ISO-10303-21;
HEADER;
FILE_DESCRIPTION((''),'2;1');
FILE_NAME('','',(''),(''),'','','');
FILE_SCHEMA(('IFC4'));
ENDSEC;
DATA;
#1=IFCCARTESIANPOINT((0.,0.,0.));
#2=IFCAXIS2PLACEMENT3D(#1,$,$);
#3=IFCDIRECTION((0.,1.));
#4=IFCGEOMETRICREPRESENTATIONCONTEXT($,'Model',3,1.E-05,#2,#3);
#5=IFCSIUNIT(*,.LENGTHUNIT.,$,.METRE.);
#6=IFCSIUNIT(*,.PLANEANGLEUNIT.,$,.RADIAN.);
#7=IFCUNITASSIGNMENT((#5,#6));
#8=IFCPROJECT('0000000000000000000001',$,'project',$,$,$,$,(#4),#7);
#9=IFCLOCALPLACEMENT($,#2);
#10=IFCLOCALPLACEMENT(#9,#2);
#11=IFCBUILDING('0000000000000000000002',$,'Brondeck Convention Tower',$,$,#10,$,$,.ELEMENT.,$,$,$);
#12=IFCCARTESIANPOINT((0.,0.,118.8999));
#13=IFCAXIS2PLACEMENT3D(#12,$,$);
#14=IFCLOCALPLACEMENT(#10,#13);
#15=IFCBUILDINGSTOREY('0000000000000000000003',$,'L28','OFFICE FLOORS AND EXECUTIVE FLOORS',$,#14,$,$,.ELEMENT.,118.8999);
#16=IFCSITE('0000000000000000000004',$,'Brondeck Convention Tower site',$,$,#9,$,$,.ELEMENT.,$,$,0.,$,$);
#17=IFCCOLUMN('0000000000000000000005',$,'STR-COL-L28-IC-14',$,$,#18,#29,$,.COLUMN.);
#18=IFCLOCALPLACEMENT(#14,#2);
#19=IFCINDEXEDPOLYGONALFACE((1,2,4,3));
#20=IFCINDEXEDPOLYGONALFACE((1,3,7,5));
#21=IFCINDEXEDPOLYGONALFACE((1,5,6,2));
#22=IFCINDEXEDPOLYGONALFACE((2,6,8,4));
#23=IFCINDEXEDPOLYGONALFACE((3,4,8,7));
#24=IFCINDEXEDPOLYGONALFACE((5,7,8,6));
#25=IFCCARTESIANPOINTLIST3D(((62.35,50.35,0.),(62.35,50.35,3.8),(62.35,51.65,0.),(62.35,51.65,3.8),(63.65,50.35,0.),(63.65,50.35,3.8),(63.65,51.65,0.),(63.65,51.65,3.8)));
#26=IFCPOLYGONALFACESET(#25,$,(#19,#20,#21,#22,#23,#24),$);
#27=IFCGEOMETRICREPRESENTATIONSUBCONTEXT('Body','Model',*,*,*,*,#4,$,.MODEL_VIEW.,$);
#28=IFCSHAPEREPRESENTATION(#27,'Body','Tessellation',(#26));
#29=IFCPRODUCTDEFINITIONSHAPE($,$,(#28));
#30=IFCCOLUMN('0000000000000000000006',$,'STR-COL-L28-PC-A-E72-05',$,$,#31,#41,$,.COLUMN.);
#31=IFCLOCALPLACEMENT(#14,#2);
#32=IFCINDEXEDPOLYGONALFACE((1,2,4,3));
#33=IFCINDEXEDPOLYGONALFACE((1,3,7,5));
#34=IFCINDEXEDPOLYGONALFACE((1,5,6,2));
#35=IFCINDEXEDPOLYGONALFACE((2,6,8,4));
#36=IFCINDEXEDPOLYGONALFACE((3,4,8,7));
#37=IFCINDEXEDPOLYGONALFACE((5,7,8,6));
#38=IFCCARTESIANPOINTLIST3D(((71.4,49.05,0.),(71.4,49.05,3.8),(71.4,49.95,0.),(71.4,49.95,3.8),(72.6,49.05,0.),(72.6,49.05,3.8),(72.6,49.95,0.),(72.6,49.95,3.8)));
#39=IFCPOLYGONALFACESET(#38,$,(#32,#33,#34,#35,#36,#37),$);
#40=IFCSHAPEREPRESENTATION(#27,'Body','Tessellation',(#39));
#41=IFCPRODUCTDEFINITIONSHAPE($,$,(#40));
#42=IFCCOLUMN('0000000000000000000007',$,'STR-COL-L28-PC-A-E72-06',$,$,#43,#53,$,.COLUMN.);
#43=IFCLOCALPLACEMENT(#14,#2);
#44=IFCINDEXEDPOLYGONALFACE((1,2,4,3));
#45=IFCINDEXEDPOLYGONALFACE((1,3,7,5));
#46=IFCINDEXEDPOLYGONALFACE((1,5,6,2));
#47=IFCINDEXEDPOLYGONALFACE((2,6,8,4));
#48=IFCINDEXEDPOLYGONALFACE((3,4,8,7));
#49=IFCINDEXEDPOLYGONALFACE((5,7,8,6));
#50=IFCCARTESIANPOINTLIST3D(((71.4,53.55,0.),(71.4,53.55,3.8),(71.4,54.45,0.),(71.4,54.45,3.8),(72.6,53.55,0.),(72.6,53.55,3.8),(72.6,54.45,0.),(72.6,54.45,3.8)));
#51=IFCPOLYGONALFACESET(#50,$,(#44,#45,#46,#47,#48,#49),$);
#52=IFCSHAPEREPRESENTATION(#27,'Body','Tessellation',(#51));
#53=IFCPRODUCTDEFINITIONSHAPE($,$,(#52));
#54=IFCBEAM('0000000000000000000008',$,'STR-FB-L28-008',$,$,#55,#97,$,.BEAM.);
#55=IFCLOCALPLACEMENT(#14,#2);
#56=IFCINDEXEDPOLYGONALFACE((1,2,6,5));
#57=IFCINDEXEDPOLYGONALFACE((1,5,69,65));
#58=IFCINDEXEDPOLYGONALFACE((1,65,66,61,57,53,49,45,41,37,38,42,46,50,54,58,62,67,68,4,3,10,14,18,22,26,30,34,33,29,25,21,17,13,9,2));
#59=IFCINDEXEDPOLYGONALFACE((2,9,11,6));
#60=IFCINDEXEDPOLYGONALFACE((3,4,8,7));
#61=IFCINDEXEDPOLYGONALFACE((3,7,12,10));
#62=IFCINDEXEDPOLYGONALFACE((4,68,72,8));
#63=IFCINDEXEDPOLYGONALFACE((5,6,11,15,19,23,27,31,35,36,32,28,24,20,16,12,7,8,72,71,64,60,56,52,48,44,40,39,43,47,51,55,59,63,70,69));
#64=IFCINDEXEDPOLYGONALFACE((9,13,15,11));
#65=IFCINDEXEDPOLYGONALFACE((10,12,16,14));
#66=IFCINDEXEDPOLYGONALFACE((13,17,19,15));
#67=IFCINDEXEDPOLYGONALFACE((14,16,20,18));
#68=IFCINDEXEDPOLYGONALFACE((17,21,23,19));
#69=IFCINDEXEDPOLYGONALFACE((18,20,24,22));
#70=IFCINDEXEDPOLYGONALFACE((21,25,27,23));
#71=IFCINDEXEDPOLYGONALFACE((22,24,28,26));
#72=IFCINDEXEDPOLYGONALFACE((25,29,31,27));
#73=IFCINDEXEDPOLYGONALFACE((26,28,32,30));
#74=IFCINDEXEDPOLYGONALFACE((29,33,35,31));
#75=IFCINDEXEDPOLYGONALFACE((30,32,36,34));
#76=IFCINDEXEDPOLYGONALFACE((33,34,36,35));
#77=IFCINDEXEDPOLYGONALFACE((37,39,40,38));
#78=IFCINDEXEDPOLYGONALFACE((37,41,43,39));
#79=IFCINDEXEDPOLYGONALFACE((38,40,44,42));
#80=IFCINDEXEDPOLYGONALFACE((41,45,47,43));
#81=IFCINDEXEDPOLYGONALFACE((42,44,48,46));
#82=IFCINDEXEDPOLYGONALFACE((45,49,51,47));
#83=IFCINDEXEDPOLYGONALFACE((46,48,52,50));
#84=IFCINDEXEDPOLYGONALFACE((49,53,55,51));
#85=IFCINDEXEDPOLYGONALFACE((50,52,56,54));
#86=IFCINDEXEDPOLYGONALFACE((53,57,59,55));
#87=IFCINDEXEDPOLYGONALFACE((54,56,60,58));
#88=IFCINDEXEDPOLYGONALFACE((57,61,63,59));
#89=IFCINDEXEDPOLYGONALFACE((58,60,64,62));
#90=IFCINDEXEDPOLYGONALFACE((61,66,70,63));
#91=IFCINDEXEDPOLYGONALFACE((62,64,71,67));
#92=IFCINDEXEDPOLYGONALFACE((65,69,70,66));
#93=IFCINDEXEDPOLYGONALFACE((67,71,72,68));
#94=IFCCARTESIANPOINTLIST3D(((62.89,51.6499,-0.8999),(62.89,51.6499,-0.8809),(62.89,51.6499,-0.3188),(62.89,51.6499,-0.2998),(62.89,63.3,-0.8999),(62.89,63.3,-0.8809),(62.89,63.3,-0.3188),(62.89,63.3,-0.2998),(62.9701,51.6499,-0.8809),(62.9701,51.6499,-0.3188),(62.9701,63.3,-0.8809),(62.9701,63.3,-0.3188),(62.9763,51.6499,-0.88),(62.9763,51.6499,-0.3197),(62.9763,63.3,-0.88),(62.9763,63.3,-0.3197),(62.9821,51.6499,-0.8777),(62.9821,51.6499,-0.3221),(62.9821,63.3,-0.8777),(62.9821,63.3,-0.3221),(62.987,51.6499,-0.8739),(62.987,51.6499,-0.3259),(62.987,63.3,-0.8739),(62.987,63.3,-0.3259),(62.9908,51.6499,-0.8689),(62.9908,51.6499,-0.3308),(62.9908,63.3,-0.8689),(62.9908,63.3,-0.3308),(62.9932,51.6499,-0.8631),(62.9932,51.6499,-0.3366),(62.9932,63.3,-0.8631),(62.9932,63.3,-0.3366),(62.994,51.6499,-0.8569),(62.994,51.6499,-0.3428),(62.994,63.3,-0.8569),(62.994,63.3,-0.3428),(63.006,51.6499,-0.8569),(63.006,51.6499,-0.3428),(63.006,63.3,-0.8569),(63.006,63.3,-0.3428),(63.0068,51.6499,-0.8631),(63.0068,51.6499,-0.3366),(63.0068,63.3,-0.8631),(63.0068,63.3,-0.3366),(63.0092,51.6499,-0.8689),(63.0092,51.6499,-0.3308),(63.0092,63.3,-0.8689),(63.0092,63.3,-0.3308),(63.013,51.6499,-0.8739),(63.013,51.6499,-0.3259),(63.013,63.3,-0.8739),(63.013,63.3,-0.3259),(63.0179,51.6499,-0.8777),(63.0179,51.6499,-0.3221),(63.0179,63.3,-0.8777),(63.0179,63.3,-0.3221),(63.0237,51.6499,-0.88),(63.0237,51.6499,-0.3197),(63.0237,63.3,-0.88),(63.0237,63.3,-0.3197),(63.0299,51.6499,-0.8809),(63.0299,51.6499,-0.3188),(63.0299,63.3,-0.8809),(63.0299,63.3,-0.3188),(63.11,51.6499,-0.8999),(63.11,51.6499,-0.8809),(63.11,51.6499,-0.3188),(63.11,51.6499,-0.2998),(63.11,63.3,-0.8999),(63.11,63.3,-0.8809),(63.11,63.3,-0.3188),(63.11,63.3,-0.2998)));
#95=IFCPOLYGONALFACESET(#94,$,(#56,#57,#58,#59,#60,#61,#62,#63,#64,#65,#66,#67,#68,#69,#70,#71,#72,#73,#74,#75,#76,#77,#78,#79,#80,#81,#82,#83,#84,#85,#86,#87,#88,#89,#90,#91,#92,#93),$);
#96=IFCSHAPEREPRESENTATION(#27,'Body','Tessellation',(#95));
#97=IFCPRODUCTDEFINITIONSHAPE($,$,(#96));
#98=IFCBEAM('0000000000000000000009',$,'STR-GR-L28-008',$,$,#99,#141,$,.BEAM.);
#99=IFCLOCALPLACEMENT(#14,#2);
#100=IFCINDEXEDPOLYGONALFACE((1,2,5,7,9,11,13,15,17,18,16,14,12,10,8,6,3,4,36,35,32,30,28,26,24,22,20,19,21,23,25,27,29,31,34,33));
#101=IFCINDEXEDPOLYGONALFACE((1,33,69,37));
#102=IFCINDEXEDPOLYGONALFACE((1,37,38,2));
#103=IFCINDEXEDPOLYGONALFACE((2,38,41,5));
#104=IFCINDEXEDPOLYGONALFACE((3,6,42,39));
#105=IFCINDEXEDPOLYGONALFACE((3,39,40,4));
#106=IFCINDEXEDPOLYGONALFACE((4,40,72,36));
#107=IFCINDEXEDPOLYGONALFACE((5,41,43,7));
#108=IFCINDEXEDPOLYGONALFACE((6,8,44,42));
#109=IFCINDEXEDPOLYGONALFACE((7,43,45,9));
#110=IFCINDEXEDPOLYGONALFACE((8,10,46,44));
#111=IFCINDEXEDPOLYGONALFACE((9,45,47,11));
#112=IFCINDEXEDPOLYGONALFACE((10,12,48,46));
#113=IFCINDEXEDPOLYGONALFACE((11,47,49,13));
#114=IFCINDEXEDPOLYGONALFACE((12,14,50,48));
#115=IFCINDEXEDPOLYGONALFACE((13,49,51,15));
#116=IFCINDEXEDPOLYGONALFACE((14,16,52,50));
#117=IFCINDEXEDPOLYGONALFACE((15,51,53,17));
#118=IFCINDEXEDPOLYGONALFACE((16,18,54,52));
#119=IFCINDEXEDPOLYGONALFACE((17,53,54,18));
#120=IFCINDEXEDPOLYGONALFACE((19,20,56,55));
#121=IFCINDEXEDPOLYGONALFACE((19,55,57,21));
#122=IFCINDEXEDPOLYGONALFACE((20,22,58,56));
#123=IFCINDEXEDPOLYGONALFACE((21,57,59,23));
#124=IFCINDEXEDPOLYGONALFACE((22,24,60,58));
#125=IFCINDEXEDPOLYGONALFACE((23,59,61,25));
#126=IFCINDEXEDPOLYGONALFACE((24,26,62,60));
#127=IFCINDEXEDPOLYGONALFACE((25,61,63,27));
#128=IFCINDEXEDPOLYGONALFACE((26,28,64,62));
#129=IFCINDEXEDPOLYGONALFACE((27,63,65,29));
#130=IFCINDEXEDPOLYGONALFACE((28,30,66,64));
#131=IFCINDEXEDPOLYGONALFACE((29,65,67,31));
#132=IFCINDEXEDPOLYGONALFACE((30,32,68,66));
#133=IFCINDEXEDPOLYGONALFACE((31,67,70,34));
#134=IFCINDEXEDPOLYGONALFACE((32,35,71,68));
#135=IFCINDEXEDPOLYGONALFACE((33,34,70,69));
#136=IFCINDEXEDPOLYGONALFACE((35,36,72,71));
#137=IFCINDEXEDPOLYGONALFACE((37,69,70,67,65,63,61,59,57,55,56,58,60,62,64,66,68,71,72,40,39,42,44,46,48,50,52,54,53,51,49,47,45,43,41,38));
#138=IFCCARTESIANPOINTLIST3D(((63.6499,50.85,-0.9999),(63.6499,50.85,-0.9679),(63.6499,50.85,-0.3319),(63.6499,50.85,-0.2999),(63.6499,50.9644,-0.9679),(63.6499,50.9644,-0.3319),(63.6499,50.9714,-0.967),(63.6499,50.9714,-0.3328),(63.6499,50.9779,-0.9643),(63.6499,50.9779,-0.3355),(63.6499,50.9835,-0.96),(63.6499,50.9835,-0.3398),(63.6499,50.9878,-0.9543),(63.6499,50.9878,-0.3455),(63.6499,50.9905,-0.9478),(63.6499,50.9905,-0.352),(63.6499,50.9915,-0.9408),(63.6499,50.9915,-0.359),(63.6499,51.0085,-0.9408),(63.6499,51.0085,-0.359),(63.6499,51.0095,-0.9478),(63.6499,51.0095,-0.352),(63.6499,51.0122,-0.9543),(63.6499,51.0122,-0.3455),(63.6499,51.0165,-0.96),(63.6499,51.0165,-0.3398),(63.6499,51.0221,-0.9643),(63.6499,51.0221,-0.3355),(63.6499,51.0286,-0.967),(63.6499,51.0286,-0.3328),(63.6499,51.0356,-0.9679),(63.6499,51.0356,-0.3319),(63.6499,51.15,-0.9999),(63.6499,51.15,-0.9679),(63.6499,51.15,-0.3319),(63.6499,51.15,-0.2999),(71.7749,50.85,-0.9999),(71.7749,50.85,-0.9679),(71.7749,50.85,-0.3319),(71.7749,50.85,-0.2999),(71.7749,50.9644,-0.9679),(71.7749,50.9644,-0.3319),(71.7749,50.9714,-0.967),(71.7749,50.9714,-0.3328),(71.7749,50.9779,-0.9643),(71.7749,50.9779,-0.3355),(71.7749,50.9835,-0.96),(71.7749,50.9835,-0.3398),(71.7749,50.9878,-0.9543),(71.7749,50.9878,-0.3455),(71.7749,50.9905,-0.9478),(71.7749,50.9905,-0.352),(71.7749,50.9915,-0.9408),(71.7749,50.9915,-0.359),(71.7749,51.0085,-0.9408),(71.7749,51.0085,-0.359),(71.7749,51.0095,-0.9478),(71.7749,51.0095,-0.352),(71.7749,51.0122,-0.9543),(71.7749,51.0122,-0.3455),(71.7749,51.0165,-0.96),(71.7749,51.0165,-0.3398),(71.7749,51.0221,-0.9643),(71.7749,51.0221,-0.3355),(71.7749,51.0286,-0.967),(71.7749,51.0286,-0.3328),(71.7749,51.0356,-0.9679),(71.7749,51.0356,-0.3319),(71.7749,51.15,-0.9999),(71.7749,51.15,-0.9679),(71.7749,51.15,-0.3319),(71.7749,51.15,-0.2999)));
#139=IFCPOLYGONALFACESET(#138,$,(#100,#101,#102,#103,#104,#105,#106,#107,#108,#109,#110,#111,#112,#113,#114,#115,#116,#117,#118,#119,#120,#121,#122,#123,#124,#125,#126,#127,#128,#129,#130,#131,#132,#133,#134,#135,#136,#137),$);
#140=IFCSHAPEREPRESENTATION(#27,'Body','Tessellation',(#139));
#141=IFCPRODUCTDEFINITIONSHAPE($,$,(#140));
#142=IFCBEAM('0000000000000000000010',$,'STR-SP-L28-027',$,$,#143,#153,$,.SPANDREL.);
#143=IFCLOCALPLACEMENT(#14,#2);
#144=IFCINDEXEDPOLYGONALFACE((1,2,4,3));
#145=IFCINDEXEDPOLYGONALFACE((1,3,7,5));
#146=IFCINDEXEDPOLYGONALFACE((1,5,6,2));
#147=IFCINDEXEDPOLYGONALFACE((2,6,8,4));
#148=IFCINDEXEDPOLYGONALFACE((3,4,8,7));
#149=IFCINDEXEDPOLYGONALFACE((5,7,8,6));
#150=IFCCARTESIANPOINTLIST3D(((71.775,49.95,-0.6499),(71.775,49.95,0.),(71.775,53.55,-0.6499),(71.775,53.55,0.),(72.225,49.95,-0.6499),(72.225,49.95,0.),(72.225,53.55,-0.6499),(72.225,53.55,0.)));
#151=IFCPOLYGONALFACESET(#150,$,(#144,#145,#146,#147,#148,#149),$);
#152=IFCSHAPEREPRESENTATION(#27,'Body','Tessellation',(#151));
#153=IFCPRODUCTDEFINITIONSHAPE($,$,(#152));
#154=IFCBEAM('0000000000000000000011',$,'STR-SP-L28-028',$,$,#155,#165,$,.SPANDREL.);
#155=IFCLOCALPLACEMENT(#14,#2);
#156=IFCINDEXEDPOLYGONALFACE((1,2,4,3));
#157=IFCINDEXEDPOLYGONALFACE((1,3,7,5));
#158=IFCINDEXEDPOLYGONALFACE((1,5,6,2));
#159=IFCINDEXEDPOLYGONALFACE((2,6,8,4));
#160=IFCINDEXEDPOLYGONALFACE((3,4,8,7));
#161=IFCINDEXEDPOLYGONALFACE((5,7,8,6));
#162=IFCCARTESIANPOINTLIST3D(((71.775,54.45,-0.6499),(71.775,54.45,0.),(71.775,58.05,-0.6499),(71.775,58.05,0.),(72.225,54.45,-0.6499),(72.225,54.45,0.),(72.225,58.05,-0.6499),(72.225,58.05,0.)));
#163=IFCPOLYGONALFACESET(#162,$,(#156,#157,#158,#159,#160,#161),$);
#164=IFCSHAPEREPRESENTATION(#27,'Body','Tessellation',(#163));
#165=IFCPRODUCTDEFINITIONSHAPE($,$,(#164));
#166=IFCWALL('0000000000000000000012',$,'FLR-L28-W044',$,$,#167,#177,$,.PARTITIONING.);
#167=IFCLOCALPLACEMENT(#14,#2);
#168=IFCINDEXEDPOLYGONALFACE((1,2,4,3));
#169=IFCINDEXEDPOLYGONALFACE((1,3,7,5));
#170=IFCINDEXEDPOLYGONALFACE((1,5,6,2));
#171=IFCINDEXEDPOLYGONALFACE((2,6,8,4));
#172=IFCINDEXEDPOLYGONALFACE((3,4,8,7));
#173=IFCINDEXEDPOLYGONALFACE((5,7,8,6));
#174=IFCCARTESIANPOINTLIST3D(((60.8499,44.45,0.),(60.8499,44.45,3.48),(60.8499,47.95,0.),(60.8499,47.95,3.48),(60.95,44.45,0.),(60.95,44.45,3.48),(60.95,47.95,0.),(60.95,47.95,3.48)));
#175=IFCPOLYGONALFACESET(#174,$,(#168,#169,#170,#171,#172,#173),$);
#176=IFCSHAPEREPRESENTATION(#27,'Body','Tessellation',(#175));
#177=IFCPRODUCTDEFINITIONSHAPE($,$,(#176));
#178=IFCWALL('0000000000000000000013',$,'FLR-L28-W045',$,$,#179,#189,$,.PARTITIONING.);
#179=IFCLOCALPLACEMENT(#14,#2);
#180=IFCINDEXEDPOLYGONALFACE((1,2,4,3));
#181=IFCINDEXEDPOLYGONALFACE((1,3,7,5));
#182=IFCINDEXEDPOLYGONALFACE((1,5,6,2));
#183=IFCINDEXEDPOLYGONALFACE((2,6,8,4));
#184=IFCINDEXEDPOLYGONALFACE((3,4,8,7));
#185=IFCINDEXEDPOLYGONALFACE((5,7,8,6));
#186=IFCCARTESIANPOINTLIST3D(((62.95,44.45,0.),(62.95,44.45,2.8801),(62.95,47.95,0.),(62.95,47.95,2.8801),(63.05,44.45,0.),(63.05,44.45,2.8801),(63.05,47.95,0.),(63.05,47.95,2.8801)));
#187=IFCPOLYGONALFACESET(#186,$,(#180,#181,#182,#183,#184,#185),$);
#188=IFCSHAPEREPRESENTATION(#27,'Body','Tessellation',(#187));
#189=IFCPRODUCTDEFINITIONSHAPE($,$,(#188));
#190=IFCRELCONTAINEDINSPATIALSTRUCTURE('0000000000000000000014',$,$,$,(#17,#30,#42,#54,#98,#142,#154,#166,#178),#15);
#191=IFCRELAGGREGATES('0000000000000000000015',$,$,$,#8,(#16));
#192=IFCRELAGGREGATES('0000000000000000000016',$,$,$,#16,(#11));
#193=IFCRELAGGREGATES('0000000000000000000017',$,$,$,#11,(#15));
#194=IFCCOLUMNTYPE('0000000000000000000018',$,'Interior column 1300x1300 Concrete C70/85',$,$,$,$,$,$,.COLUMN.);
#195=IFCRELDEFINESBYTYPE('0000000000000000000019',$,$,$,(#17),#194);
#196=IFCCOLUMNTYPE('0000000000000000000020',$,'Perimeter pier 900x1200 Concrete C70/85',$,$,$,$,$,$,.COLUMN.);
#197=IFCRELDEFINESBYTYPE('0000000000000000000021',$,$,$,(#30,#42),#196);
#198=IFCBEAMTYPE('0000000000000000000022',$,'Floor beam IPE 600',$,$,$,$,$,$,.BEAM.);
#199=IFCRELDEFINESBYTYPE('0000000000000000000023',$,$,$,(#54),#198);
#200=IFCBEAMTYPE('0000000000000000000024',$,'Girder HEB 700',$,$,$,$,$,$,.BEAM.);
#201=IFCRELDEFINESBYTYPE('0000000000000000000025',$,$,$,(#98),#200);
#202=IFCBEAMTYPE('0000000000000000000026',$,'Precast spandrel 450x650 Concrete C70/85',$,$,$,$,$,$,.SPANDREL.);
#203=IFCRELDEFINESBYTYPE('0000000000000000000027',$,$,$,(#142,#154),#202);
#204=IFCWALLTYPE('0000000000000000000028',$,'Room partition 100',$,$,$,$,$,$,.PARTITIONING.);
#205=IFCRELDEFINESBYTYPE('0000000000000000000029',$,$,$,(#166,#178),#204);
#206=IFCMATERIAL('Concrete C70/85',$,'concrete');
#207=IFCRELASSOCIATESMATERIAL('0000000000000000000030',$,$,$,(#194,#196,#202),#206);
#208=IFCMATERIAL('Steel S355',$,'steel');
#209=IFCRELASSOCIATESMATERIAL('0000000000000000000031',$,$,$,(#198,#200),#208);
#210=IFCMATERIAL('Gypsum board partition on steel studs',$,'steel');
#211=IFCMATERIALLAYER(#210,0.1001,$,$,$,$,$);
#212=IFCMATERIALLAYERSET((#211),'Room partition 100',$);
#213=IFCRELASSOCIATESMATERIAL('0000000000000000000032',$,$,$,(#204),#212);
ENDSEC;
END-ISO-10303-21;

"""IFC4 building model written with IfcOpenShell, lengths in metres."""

from ifc_helpers import new_model, si_unit, direction, frame, frame_2d, origin, origin_2d, place, context, subcontext, project, spatial, rectangle, i_section, extrude, material, layer, layer_set, material_profile, profile_set, type_object, element, save


model = new_model("IFC4")

# Units and contexts
model_context = context("Model", 3, precision=1e-05, world=origin(), true_north=direction((0.0, 1.0)))
body_context = subcontext(model_context, "Body", "Model", "MODEL_VIEW")
ifc_project = project(units=[si_unit("LENGTHUNIT", "METRE"), si_unit("PLANEANGLEUNIT", "RADIAN")], contexts=[model_context])

# Site, building, storey
site_placement = place(None, origin())
site = spatial("IfcSite", under=ifc_project, at=site_placement, Name="Brondeck Convention Tower site", CompositionType="ELEMENT", RefElevation=0.0)
building_placement = place(site_placement, origin())
building = spatial("IfcBuilding", under=site, at=building_placement, Name="Brondeck Convention Tower", CompositionType="ELEMENT")
storey_placement = place(building_placement, frame((0.0, 0.0, 118.8999)))
storey = spatial("IfcBuildingStorey", under=building, at=storey_placement, Name="L28", Description="OFFICE FLOORS AND EXECUTIVE FLOORS", CompositionType="ELEMENT", Elevation=118.8999)

# Columns
ifc_material_1 = material(Name="Concrete C70/85", Category="concrete")
ifc_material_profile_1 = material_profile(ifc_material_1, rectangle(XDim=1.3, YDim=1.3, at=origin_2d()), Name="Interior column 1300x1300 Concrete C70/85")
ifc_profile_set_1 = profile_set([ifc_material_profile_1], Name="Concrete C70/85")
column_type_1 = type_object("IfcColumnType", Name="Interior column 1300x1300 Concrete C70/85", PredefinedType="COLUMN", material=ifc_profile_set_1)
column_placement = place(storey_placement, frame((63.0, 51.0, 0.0), z_axis=(0.0, 0.0, 1.0), x_axis=(1.0, 0.0, 0.0)))
element("IfcColumn", 1, at=column_placement, inside=storey, type_object=column_type_1, Name="STR-COL-L28-IC-14", PredefinedType="COLUMN", context=body_context, shape_type="SweptSolid", body=[
    extrude(rectangle(XDim=1.3, YDim=1.3, at=origin_2d()), origin(), (0.0, 0.0, 1.0), 3.8),
])
ifc_material_profile_2 = material_profile(ifc_material_1, rectangle(XDim=0.8999, YDim=1.2, at=origin_2d()), Name="Perimeter pier 900x1200 Concrete C70/85")
ifc_profile_set_2 = profile_set([ifc_material_profile_2], Name="Concrete C70/85")
column_type_2 = type_object("IfcColumnType", Name="Perimeter pier 900x1200 Concrete C70/85", PredefinedType="COLUMN", material=ifc_profile_set_2)
for number, where, z_axis, x_axis, name in (
    (2, (72.0, 49.5, 0.0), (0.0, 0.0, 1.0), (0.0, 1.0, 0.0), "STR-COL-L28-PC-A-E72-05"),
    (3, (72.0, 54.0, 0.0), (0.0, 0.0, 1.0), (0.0, 1.0, 0.0), "STR-COL-L28-PC-A-E72-06"),
):
    element("IfcColumn", number, at=place(storey_placement, frame(where, z_axis=z_axis, x_axis=x_axis)), inside=storey, type_object=column_type_2, Name=name, PredefinedType="COLUMN", context=body_context, shape_type="SweptSolid", body=[
        extrude(rectangle(XDim=0.8999, YDim=1.2, at=origin_2d()), origin(), (0.0, 0.0, 1.0), 3.8),
    ])

# Beams
ifc_material_2 = material(Name="Steel S355", Category="steel")
ifc_material_profile_3 = material_profile(ifc_material_2, i_section(OverallWidth=0.22, OverallDepth=0.6001, WebThickness=0.012, FlangeThickness=0.019, FilletRadius=0.0239, at=origin_2d()), Name="IPE 600")
ifc_profile_set_3 = profile_set([ifc_material_profile_3], Name="Steel S355")
beam_type_1 = type_object("IfcBeamType", Name="Floor beam IPE 600", PredefinedType="BEAM", material=ifc_profile_set_3)
beam_1_placement = place(storey_placement, frame((63.0, 51.6499, -0.5999), z_axis=(0.0, 1.0, 0.0), x_axis=(-1.0, 0.0, 0.0)))
element("IfcBeam", 4, at=beam_1_placement, inside=storey, type_object=beam_type_1, Name="STR-FB-L28-008", PredefinedType="BEAM", context=body_context, shape_type="SweptSolid", body=[
    extrude(i_section(OverallWidth=0.22, OverallDepth=0.6001, WebThickness=0.012, FlangeThickness=0.019, FilletRadius=0.0239, at=origin_2d()), origin(), (0.0, 0.0, 1.0), 11.6501),
])
ifc_material_profile_4 = material_profile(ifc_material_2, i_section(OverallWidth=0.3, OverallDepth=0.7, WebThickness=0.0171, FlangeThickness=0.032, FilletRadius=0.0271, at=origin_2d()), Name="HEB 700")
ifc_profile_set_4 = profile_set([ifc_material_profile_4], Name="Steel S355")
beam_type_2 = type_object("IfcBeamType", Name="Girder HEB 700", PredefinedType="BEAM", material=ifc_profile_set_4)
beam_2_placement = place(storey_placement, frame((63.6499, 51.0, -0.6499), z_axis=(1.0, 0.0, 0.0), x_axis=(0.0, 1.0, 0.0)))
element("IfcBeam", 5, at=beam_2_placement, inside=storey, type_object=beam_type_2, Name="STR-GR-L28-008", PredefinedType="BEAM", context=body_context, shape_type="SweptSolid", body=[
    extrude(i_section(OverallWidth=0.3, OverallDepth=0.7, WebThickness=0.0171, FlangeThickness=0.032, FilletRadius=0.0271, at=origin_2d()), origin(), (0.0, 0.0, 1.0), 8.125),
])
ifc_material_profile_5 = material_profile(ifc_material_1, rectangle(XDim=0.45, YDim=0.6499, at=origin_2d()), Name="Precast spandrel 450x650 Concrete C70/85")
ifc_profile_set_5 = profile_set([ifc_material_profile_5], Name="Concrete C70/85")
beam_type_3 = type_object("IfcBeamType", Name="Precast spandrel 450x650 Concrete C70/85", PredefinedType="SPANDREL", material=ifc_profile_set_5)
for number, where, z_axis, x_axis, name in (
    (6, (72.0, 49.95, -0.325), (0.0, 1.0, 0.0), (-1.0, 0.0, 0.0), "STR-SP-L28-027"),
    (7, (72.0, 54.45, -0.325), (0.0, 1.0, 0.0), (-1.0, 0.0, 0.0), "STR-SP-L28-028"),
):
    element("IfcBeam", number, at=place(storey_placement, frame(where, z_axis=z_axis, x_axis=x_axis)), inside=storey, type_object=beam_type_3, Name=name, PredefinedType="SPANDREL", context=body_context, shape_type="SweptSolid", body=[
        extrude(rectangle(XDim=0.45, YDim=0.6499, at=origin_2d()), origin(), (0.0, 0.0, 1.0), 3.6001),
    ])

# Walls
ifc_material_3 = material(Name="Gypsum board partition on steel studs", Category="steel")
ifc_layer = layer(ifc_material_3, 0.1001)
ifc_layer_set = layer_set([ifc_layer], Name="Room partition 100")
wall_type = type_object("IfcWallType", Name="Room partition 100", PredefinedType="PARTITIONING", material=ifc_layer_set)
wall_1_placement = place(storey_placement, frame((60.8999, 47.95, 0.0), z_axis=(0.0, 0.0, 1.0), x_axis=(0.0, -1.0, 0.0)))
element("IfcWall", 8, at=wall_1_placement, inside=storey, type_object=wall_type, Name="FLR-L28-W044", PredefinedType="PARTITIONING", context=body_context, shape_type="SweptSolid", body=[
    extrude(rectangle(XDim=3.5, YDim=0.1001, at=frame_2d((1.75, 0.0))), origin(), (0.0, 0.0, 1.0), 3.48),
])
wall_2_placement = place(storey_placement, frame((63.0, 47.95, 0.0), z_axis=(0.0, 0.0, 1.0), x_axis=(0.0, -1.0, 0.0)))
element("IfcWall", 9, at=wall_2_placement, inside=storey, type_object=wall_type, Name="FLR-L28-W045", PredefinedType="PARTITIONING", context=body_context, shape_type="SweptSolid", body=[
    extrude(rectangle(XDim=3.5, YDim=0.1001, at=frame_2d((1.75, 0.0))), origin(), (0.0, 0.0, 1.0), 2.8801),
])

save(model, "model.ifc")
